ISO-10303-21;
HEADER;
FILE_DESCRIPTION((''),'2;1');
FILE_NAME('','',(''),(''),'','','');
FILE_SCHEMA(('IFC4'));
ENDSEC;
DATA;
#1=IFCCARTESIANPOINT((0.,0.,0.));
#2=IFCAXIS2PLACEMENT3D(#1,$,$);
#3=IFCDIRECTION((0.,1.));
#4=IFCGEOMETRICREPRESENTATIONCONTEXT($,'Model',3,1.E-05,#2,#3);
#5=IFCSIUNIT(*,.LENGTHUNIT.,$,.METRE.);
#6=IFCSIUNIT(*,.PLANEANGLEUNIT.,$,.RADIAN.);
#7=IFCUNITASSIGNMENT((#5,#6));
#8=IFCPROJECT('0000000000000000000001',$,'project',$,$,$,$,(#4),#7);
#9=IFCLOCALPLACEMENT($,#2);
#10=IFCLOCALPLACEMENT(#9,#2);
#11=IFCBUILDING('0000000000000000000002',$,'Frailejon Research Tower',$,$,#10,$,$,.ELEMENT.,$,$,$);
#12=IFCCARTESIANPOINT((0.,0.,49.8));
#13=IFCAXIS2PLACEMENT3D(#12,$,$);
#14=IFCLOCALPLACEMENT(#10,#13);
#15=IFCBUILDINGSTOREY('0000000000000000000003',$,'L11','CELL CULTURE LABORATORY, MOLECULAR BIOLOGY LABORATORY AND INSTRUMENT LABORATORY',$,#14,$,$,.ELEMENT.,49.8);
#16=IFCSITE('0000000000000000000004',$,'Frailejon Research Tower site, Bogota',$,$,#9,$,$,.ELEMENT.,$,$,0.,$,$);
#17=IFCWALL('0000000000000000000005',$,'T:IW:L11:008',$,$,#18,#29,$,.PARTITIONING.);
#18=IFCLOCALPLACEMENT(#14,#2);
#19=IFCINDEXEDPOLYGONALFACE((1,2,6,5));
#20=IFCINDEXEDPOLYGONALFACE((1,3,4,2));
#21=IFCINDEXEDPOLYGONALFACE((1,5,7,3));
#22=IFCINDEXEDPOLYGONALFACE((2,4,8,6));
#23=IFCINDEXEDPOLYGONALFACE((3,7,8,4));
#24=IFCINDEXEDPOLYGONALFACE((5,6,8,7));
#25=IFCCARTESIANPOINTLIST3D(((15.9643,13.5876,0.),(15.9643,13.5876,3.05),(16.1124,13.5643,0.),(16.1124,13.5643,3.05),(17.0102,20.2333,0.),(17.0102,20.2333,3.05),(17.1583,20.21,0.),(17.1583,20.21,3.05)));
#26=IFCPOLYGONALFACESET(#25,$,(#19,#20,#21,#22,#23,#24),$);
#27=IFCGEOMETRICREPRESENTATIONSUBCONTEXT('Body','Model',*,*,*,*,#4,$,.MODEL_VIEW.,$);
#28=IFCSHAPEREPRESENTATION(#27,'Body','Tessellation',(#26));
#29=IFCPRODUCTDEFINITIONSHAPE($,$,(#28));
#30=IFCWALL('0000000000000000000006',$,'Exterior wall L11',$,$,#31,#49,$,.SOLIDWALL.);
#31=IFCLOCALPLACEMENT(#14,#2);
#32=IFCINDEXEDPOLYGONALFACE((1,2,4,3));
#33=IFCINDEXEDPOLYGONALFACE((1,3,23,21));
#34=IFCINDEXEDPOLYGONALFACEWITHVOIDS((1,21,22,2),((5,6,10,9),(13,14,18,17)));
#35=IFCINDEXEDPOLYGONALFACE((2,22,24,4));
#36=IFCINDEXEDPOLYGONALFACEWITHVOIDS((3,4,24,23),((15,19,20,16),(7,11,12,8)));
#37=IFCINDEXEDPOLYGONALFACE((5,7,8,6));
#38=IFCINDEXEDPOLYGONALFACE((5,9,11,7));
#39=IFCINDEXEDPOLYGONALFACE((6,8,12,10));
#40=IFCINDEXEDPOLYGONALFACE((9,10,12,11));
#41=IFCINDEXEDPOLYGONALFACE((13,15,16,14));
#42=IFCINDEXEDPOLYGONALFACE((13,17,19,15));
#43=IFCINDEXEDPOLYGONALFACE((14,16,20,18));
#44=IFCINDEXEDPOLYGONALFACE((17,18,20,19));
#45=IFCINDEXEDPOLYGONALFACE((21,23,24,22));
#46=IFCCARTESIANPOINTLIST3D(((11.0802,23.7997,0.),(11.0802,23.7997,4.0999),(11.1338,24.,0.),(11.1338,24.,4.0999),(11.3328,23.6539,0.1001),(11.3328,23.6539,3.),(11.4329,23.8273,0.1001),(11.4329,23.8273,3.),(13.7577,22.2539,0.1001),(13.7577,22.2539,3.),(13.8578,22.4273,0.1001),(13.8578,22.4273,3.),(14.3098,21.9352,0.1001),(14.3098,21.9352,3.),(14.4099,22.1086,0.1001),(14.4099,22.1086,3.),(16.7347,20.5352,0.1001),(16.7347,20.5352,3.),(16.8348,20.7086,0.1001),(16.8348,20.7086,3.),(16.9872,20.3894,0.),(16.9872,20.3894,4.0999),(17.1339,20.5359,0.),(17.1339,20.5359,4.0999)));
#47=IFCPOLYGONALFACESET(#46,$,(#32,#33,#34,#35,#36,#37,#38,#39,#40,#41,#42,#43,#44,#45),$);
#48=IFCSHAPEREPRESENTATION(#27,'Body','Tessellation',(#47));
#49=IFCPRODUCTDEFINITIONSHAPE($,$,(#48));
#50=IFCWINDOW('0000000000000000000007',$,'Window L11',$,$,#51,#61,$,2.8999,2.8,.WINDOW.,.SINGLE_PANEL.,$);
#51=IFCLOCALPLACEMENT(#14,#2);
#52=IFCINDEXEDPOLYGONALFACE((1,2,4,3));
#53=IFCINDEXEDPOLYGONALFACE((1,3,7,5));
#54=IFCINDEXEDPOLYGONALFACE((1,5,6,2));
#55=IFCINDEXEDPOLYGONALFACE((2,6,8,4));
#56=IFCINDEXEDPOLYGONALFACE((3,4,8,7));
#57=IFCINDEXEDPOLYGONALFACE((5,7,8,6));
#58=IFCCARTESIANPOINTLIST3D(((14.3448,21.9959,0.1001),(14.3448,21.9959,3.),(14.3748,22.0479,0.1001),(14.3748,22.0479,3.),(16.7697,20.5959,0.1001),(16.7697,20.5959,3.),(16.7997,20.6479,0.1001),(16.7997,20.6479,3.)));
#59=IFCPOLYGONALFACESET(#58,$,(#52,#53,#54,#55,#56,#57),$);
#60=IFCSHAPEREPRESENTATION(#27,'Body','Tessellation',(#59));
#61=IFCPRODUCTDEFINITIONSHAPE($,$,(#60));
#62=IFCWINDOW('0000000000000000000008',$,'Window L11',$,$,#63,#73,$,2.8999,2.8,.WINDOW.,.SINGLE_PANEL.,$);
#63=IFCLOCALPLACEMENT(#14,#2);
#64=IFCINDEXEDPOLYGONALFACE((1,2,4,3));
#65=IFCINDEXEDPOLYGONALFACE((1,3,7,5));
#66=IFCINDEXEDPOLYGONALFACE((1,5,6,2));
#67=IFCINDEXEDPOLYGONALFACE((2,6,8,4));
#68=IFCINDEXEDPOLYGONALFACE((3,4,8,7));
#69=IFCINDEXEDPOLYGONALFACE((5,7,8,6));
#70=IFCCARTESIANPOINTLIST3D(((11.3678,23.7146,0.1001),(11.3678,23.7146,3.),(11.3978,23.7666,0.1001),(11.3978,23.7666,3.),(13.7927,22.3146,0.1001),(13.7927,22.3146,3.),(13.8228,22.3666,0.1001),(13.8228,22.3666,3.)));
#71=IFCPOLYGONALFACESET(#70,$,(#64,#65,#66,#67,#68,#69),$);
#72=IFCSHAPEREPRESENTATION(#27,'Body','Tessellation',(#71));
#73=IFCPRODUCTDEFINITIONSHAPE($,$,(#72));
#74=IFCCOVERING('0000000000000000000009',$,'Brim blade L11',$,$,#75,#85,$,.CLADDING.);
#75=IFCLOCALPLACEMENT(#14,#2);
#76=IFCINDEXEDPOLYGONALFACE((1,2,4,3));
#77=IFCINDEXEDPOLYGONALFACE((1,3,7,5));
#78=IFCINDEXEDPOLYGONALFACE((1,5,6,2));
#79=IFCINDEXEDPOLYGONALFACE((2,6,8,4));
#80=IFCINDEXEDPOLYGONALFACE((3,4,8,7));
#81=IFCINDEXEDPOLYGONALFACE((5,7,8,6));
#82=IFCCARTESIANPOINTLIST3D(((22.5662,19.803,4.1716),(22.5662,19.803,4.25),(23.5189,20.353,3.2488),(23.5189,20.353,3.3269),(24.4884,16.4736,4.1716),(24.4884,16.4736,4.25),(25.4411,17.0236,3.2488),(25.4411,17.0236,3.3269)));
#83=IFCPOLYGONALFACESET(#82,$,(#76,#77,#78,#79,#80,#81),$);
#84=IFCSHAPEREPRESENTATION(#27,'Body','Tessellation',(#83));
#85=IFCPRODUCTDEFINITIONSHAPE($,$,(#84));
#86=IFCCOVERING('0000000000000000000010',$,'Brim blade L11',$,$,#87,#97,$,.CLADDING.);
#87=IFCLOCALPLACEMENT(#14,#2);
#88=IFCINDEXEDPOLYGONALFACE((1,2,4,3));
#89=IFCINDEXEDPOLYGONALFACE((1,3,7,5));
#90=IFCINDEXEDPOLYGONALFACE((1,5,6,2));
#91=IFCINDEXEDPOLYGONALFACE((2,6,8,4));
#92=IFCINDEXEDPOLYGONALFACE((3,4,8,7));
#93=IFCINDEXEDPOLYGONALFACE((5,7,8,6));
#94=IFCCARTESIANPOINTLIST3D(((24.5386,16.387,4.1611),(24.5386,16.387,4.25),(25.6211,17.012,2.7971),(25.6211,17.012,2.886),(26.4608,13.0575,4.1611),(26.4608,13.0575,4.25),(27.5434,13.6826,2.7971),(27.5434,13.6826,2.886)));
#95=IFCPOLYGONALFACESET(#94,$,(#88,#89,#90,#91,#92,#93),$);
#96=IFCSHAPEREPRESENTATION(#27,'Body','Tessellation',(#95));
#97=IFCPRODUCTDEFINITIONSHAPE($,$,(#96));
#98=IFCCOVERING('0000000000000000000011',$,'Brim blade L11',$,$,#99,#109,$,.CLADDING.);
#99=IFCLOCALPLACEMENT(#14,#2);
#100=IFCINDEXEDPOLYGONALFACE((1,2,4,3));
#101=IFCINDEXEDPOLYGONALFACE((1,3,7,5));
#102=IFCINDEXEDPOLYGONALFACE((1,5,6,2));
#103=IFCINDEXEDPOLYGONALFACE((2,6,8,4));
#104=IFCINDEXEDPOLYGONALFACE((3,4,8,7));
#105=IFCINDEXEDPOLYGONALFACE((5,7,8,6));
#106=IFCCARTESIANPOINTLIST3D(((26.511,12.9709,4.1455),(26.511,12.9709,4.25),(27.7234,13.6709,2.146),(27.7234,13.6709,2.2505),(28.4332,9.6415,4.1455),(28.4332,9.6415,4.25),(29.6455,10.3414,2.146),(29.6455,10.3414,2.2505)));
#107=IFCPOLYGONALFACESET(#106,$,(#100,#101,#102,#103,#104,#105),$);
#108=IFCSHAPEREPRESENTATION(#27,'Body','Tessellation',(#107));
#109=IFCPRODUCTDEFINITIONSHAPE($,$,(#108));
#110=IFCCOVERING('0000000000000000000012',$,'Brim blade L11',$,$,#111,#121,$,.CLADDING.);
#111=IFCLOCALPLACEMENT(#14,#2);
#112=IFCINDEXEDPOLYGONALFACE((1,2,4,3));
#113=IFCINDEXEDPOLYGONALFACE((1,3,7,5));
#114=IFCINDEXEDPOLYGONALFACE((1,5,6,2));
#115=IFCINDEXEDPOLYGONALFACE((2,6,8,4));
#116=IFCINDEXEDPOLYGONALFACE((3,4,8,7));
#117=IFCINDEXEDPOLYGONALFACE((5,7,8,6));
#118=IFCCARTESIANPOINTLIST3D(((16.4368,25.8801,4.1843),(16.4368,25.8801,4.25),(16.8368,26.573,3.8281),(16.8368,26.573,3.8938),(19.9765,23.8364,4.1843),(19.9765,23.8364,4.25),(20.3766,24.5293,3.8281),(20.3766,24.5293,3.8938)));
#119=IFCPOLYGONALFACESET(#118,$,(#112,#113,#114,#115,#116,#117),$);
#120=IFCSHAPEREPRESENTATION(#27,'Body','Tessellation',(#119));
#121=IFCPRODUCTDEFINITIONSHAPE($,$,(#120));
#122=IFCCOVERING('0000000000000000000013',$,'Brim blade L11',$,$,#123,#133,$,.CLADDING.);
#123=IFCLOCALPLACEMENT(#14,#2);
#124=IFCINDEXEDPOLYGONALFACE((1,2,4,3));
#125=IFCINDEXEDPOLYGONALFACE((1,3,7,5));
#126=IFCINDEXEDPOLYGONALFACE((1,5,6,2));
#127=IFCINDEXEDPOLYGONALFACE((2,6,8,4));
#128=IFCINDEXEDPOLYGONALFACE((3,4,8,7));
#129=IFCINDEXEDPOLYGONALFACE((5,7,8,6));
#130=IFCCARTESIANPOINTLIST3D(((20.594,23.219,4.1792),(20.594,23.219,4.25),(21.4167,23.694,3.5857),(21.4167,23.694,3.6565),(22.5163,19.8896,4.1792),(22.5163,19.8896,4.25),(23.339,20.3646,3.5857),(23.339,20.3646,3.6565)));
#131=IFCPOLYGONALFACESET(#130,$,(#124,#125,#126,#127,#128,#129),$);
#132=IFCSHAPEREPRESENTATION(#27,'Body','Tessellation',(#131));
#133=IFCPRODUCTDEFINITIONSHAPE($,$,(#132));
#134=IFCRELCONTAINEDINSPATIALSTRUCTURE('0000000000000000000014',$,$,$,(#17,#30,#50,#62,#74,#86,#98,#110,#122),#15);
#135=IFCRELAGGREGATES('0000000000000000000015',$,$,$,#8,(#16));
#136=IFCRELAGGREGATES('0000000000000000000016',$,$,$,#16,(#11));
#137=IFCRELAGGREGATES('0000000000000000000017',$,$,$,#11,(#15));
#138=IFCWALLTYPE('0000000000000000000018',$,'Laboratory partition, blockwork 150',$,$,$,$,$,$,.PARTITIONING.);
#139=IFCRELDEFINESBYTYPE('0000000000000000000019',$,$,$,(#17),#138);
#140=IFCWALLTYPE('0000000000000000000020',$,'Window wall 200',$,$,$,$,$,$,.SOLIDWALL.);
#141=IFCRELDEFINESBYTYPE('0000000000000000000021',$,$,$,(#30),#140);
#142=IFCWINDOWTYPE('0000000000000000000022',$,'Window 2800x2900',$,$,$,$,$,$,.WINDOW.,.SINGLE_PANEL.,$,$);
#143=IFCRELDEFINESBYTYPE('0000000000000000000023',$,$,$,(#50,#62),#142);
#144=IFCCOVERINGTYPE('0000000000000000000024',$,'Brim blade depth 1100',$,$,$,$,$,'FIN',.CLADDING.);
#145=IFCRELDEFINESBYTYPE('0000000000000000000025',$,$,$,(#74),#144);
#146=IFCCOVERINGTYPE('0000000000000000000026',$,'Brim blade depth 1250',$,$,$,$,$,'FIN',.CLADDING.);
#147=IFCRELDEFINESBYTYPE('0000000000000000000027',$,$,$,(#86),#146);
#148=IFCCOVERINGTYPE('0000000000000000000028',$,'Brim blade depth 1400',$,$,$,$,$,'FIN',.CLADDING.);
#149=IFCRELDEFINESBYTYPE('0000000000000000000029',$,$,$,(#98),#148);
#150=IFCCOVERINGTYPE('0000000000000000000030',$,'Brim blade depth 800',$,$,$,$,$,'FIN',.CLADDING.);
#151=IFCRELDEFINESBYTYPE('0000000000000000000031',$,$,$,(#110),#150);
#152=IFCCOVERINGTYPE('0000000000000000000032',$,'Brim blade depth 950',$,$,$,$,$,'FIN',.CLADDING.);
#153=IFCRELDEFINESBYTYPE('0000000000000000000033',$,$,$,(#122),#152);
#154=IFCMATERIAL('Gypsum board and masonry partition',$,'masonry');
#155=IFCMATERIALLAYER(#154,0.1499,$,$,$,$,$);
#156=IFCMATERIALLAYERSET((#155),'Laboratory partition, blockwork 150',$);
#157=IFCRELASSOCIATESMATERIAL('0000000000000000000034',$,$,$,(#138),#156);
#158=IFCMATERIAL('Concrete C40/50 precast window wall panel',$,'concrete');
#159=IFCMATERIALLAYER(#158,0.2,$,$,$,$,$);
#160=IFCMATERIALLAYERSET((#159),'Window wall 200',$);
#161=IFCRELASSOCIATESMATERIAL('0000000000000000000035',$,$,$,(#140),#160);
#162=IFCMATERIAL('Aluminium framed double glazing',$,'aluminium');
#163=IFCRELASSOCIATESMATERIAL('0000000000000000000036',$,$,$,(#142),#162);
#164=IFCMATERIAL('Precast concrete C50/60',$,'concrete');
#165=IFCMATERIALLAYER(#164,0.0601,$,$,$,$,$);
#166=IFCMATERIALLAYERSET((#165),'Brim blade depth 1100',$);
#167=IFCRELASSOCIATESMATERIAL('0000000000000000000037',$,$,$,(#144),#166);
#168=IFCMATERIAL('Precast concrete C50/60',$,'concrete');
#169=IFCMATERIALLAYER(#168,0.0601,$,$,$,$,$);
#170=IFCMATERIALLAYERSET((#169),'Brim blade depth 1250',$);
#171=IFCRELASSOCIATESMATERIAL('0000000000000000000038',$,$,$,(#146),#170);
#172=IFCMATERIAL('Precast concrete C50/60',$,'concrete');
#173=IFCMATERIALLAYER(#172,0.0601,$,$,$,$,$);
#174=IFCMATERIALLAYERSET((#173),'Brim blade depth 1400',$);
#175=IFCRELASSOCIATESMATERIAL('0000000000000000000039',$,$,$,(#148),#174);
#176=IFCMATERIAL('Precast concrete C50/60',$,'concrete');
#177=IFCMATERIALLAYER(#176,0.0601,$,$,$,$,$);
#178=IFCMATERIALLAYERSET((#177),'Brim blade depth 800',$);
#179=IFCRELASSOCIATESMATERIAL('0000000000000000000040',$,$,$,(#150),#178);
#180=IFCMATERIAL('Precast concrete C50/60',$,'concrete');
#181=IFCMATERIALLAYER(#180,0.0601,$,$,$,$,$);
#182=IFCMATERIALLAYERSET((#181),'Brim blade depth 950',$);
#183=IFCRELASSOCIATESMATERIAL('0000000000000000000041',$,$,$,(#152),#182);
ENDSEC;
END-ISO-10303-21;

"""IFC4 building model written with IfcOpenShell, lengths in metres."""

from ifc_helpers import new_model, si_unit, direction, frame, frame_2d, origin, place, context, subcontext, project, spatial, polyline, rectangle, outline, extrude, material, layer, layer_set, type_object, element, fill, save


model = new_model("IFC4")

# Units and contexts
model_context = context("Model", 3, precision=1e-05, world=origin(), true_north=direction((0.0, 1.0)))
body_context = subcontext(model_context, "Body", "Model", "MODEL_VIEW")
ifc_project = project(units=[si_unit("LENGTHUNIT", "METRE"), si_unit("PLANEANGLEUNIT", "RADIAN")], contexts=[model_context])

# Site, building, storey
site_placement = place(None, origin())
site = spatial("IfcSite", under=ifc_project, at=site_placement, Name="Frailejon Research Tower site, Bogota", CompositionType="ELEMENT", RefElevation=0.0)
building_placement = place(site_placement, origin())
building = spatial("IfcBuilding", under=site, at=building_placement, Name="Frailejon Research Tower", CompositionType="ELEMENT")
storey_placement = place(building_placement, frame((0.0, 0.0, 49.8)))
storey = spatial("IfcBuildingStorey", under=building, at=storey_placement, Name="L11", Description="CELL CULTURE LABORATORY, MOLECULAR BIOLOGY LABORATORY AND INSTRUMENT LABORATORY", CompositionType="ELEMENT", Elevation=49.8)

# Shared definitions
ifc_material_1 = material(Name="Gypsum board and masonry partition", Category="masonry")
ifc_layer_1 = layer(ifc_material_1, 0.1499)
ifc_layer_set_1 = layer_set([ifc_layer_1], Name="Laboratory partition, blockwork 150")
wall_type_1 = type_object("IfcWallType", Name="Laboratory partition, blockwork 150", PredefinedType="PARTITIONING", material=ifc_layer_set_1)

# Wall
wall_1_placement = place(storey_placement, frame((16.0383, 13.5759, 0.0), z_axis=(0.0, 0.0, 1.0), x_axis=(0.155465, 0.987841, 0.0)))
element("IfcWall", 1, at=wall_1_placement, inside=storey, type_object=wall_type_1, Name="T:IW:L11:008", PredefinedType="PARTITIONING", context=body_context, shape_type="SweptSolid", body=[
    extrude(rectangle(XDim=6.7275, YDim=0.1499, at=frame_2d((3.3638, 0.0))), origin(), (0.0, 0.0, 1.0), 3.05),
])

# Wall, openings, windows
ifc_material_2 = material(Name="Concrete C40/50 precast window wall panel", Category="concrete")
ifc_layer_2 = layer(ifc_material_2, 0.2)
ifc_layer_set_2 = layer_set([ifc_layer_2], Name="Window wall 200")
wall_type_2 = type_object("IfcWallType", Name="Window wall 200", PredefinedType="SOLIDWALL", material=ifc_layer_set_2)
wall_2_placement = place(storey_placement, frame((17.0605, 20.4626, 0.0), z_axis=(0.0, 0.0, 1.0), x_axis=(-0.866029, 0.499993, 0.0)))
wall_2 = element("IfcWall", 2, at=wall_2_placement, inside=storey, type_object=wall_type_2, Name="Exterior wall L11", PredefinedType="SOLIDWALL", context=body_context, shape_type="SweptSolid", body=[
    extrude(outline(polyline([(-0.0269, -0.1001), (1.1279, -0.1001), (2.2825, -0.1001), (3.4373, -0.1001), (4.592, -0.1001), (5.7466, -0.1001), (6.9014, -0.1001), (6.8477, 0.1001), (5.7109, 0.1001), (4.574, 0.1001), (3.4373, 0.1001), (2.3005, 0.1001), (1.1636, 0.1001), (0.0269, 0.1001), (-0.0269, -0.1001)])), origin(), (0.0, 0.0, 1.0), 4.0999),
])
opening_1_placement = place(wall_2_placement, frame((0.3186, 0.0, 0.1001)))
opening_1 = element("IfcOpeningElement", 3, at=opening_1_placement, cuts=wall_2, PredefinedType="OPENING", context=body_context, shape_type="SweptSolid", body=[
    extrude(rectangle(XDim=2.8, YDim=2.8999, at=frame_2d((1.3999, 1.45))), frame((0.0, 0.1099, 0.0), z_axis=(0.0, -1.0, 0.0), x_axis=(1.0, 0.0, 0.0)), (0.0, 0.0, 1.0), 0.22),
])
opening_2_placement = place(wall_2_placement, frame((3.7561, 0.0, 0.1001)))
opening_2 = element("IfcOpeningElement", 4, at=opening_2_placement, cuts=wall_2, PredefinedType="OPENING", context=body_context, shape_type="SweptSolid", body=[
    extrude(rectangle(XDim=2.8, YDim=2.8999, at=frame_2d((1.3999, 1.45))), frame((0.0, 0.1099, 0.0), z_axis=(0.0, -1.0, 0.0), x_axis=(1.0, 0.0, 0.0)), (0.0, 0.0, 1.0), 0.22),
])
ifc_material_3 = material(Name="Aluminium framed double glazing", Category="aluminium")
window_type = type_object("IfcWindowType", Name="Window 2800x2900", PartitioningType="SINGLE_PANEL", PredefinedType="WINDOW", material=ifc_material_3)
window_1_placement = place(opening_1_placement, origin())
window_1 = element("IfcWindow", 5, at=window_1_placement, inside=storey, type_object=window_type, Name="Window L11", OverallHeight=2.8999, OverallWidth=2.8, PartitioningType="SINGLE_PANEL", PredefinedType="WINDOW", context=body_context, shape_type="SweptSolid", body=[
    extrude(rectangle(XDim=2.8, YDim=2.8999, at=frame_2d((1.3999, 1.45))), frame((0.0, 0.03, 0.0), z_axis=(0.0, -1.0, 0.0), x_axis=(1.0, 0.0, 0.0)), (0.0, 0.0, 1.0), 0.0601),
])
fill(opening_1, window_1)
window_2_placement = place(opening_2_placement, origin())
window_2 = element("IfcWindow", 6, at=window_2_placement, inside=storey, type_object=window_type, Name="Window L11", OverallHeight=2.8999, OverallWidth=2.8, PartitioningType="SINGLE_PANEL", PredefinedType="WINDOW", context=body_context, shape_type="SweptSolid", body=[
    extrude(rectangle(XDim=2.8, YDim=2.8999, at=frame_2d((1.3999, 1.45))), frame((0.0, 0.03, 0.0), z_axis=(0.0, -1.0, 0.0), x_axis=(1.0, 0.0, 0.0)), (0.0, 0.0, 1.0), 0.0601),
])
fill(opening_2, window_2)

# Coverings
ifc_material_4 = material(Name="Precast concrete C50/60", Category="concrete")
ifc_layer_3 = layer(ifc_material_4, 0.0601)
ifc_layer_set_3 = layer_set([ifc_layer_3], Name="Brim blade depth 1100")
covering_type_1 = type_object("IfcCoveringType", Name="Brim blade depth 1100", ElementType="FIN", PredefinedType="CLADDING", material=ifc_layer_set_3)
covering_1_placement = place(storey_placement, frame((22.5662, 19.803, 4.25), z_axis=(0.500003, -0.866024, 0.0), x_axis=(0.866024, 0.500003, 0.0)))
element("IfcCovering", 7, at=covering_1_placement, inside=storey, type_object=covering_type_1, Name="Brim blade L11", PredefinedType="CLADDING", context=body_context, shape_type="SweptSolid", body=[
    extrude(outline(polyline([(0.0, -0.0784), (1.1001, -1.0012), (1.1001, -0.9231), (0.0, 0.0), (0.0, -0.0784)])), origin(), (0.0, 0.0, 1.0), 3.8445),
])
ifc_material_5 = material(Name="Precast concrete C50/60", Category="concrete")
ifc_layer_4 = layer(ifc_material_5, 0.0601)
ifc_layer_set_4 = layer_set([ifc_layer_4], Name="Brim blade depth 1250")
covering_type_2 = type_object("IfcCoveringType", Name="Brim blade depth 1250", ElementType="FIN", PredefinedType="CLADDING", material=ifc_layer_set_4)
covering_2_placement = place(storey_placement, frame((24.5386, 16.387, 4.25), z_axis=(0.500003, -0.866024, 0.0), x_axis=(0.866024, 0.500003, 0.0)))
element("IfcCovering", 8, at=covering_2_placement, inside=storey, type_object=covering_type_2, Name="Brim blade L11", PredefinedType="CLADDING", context=body_context, shape_type="SweptSolid", body=[
    extrude(outline(polyline([(0.0, -0.0889), (1.25, -1.4529), (1.25, -1.364), (0.0, 0.0), (0.0, -0.0889)])), origin(), (0.0, 0.0, 1.0), 3.8445),
])
ifc_material_6 = material(Name="Precast concrete C50/60", Category="concrete")
ifc_layer_5 = layer(ifc_material_6, 0.0601)
ifc_layer_set_5 = layer_set([ifc_layer_5], Name="Brim blade depth 1400")
covering_type_3 = type_object("IfcCoveringType", Name="Brim blade depth 1400", ElementType="FIN", PredefinedType="CLADDING", material=ifc_layer_set_5)
covering_3_placement = place(storey_placement, frame((26.511, 12.9709, 4.25), z_axis=(0.499984, -0.866035, 0.0), x_axis=(0.866035, 0.499984, 0.0)))
element("IfcCovering", 9, at=covering_3_placement, inside=storey, type_object=covering_type_3, Name="Brim blade L11", PredefinedType="CLADDING", context=body_context, shape_type="SweptSolid", body=[
    extrude(outline(polyline([(0.0, -0.1045), (1.3999, -2.104), (1.3999, -1.9995), (0.0, 0.0), (0.0, -0.1045)])), origin(), (0.0, 0.0, 1.0), 3.8445),
])
ifc_material_7 = material(Name="Precast concrete C50/60", Category="concrete")
ifc_layer_6 = layer(ifc_material_7, 0.0601)
ifc_layer_set_6 = layer_set([ifc_layer_6], Name="Brim blade depth 800")
covering_type_4 = type_object("IfcCoveringType", Name="Brim blade depth 800", ElementType="FIN", PredefinedType="CLADDING", material=ifc_layer_set_6)
covering_4_placement = place(storey_placement, frame((16.4368, 25.8801, 4.25), z_axis=(0.866021, -0.500007, 0.0), x_axis=(0.500007, 0.866021, 0.0)))
element("IfcCovering", 10, at=covering_4_placement, inside=storey, type_object=covering_type_4, Name="Brim blade L11", PredefinedType="CLADDING", context=body_context, shape_type="SweptSolid", body=[
    extrude(outline(polyline([(0.0, -0.0657), (0.8, -0.4219), (0.8, -0.3562), (0.0, 0.0), (0.0, -0.0657)])), origin(), (0.0, 0.0, 1.0), 4.0874),
])
ifc_material_8 = material(Name="Precast concrete C50/60", Category="concrete")
ifc_layer_7 = layer(ifc_material_8, 0.0601)
ifc_layer_set_7 = layer_set([ifc_layer_7], Name="Brim blade depth 950")
covering_type_5 = type_object("IfcCoveringType", Name="Brim blade depth 950", ElementType="FIN", PredefinedType="CLADDING", material=ifc_layer_set_7)
covering_5_placement = place(storey_placement, frame((20.594, 23.219, 4.25), z_axis=(0.500014, -0.866018, 0.0), x_axis=(0.866018, 0.500014, 0.0)))
element("IfcCovering", 11, at=covering_5_placement, inside=storey, type_object=covering_type_5, Name="Brim blade L11", PredefinedType="CLADDING", context=body_context, shape_type="SweptSolid", body=[
    extrude(outline(polyline([(0.0, -0.0708), (0.95, -0.6643), (0.95, -0.5935), (0.0, 0.0), (0.0, -0.0708)])), origin(), (0.0, 0.0, 1.0), 3.8445),
])

save(model, "model.ifc")
